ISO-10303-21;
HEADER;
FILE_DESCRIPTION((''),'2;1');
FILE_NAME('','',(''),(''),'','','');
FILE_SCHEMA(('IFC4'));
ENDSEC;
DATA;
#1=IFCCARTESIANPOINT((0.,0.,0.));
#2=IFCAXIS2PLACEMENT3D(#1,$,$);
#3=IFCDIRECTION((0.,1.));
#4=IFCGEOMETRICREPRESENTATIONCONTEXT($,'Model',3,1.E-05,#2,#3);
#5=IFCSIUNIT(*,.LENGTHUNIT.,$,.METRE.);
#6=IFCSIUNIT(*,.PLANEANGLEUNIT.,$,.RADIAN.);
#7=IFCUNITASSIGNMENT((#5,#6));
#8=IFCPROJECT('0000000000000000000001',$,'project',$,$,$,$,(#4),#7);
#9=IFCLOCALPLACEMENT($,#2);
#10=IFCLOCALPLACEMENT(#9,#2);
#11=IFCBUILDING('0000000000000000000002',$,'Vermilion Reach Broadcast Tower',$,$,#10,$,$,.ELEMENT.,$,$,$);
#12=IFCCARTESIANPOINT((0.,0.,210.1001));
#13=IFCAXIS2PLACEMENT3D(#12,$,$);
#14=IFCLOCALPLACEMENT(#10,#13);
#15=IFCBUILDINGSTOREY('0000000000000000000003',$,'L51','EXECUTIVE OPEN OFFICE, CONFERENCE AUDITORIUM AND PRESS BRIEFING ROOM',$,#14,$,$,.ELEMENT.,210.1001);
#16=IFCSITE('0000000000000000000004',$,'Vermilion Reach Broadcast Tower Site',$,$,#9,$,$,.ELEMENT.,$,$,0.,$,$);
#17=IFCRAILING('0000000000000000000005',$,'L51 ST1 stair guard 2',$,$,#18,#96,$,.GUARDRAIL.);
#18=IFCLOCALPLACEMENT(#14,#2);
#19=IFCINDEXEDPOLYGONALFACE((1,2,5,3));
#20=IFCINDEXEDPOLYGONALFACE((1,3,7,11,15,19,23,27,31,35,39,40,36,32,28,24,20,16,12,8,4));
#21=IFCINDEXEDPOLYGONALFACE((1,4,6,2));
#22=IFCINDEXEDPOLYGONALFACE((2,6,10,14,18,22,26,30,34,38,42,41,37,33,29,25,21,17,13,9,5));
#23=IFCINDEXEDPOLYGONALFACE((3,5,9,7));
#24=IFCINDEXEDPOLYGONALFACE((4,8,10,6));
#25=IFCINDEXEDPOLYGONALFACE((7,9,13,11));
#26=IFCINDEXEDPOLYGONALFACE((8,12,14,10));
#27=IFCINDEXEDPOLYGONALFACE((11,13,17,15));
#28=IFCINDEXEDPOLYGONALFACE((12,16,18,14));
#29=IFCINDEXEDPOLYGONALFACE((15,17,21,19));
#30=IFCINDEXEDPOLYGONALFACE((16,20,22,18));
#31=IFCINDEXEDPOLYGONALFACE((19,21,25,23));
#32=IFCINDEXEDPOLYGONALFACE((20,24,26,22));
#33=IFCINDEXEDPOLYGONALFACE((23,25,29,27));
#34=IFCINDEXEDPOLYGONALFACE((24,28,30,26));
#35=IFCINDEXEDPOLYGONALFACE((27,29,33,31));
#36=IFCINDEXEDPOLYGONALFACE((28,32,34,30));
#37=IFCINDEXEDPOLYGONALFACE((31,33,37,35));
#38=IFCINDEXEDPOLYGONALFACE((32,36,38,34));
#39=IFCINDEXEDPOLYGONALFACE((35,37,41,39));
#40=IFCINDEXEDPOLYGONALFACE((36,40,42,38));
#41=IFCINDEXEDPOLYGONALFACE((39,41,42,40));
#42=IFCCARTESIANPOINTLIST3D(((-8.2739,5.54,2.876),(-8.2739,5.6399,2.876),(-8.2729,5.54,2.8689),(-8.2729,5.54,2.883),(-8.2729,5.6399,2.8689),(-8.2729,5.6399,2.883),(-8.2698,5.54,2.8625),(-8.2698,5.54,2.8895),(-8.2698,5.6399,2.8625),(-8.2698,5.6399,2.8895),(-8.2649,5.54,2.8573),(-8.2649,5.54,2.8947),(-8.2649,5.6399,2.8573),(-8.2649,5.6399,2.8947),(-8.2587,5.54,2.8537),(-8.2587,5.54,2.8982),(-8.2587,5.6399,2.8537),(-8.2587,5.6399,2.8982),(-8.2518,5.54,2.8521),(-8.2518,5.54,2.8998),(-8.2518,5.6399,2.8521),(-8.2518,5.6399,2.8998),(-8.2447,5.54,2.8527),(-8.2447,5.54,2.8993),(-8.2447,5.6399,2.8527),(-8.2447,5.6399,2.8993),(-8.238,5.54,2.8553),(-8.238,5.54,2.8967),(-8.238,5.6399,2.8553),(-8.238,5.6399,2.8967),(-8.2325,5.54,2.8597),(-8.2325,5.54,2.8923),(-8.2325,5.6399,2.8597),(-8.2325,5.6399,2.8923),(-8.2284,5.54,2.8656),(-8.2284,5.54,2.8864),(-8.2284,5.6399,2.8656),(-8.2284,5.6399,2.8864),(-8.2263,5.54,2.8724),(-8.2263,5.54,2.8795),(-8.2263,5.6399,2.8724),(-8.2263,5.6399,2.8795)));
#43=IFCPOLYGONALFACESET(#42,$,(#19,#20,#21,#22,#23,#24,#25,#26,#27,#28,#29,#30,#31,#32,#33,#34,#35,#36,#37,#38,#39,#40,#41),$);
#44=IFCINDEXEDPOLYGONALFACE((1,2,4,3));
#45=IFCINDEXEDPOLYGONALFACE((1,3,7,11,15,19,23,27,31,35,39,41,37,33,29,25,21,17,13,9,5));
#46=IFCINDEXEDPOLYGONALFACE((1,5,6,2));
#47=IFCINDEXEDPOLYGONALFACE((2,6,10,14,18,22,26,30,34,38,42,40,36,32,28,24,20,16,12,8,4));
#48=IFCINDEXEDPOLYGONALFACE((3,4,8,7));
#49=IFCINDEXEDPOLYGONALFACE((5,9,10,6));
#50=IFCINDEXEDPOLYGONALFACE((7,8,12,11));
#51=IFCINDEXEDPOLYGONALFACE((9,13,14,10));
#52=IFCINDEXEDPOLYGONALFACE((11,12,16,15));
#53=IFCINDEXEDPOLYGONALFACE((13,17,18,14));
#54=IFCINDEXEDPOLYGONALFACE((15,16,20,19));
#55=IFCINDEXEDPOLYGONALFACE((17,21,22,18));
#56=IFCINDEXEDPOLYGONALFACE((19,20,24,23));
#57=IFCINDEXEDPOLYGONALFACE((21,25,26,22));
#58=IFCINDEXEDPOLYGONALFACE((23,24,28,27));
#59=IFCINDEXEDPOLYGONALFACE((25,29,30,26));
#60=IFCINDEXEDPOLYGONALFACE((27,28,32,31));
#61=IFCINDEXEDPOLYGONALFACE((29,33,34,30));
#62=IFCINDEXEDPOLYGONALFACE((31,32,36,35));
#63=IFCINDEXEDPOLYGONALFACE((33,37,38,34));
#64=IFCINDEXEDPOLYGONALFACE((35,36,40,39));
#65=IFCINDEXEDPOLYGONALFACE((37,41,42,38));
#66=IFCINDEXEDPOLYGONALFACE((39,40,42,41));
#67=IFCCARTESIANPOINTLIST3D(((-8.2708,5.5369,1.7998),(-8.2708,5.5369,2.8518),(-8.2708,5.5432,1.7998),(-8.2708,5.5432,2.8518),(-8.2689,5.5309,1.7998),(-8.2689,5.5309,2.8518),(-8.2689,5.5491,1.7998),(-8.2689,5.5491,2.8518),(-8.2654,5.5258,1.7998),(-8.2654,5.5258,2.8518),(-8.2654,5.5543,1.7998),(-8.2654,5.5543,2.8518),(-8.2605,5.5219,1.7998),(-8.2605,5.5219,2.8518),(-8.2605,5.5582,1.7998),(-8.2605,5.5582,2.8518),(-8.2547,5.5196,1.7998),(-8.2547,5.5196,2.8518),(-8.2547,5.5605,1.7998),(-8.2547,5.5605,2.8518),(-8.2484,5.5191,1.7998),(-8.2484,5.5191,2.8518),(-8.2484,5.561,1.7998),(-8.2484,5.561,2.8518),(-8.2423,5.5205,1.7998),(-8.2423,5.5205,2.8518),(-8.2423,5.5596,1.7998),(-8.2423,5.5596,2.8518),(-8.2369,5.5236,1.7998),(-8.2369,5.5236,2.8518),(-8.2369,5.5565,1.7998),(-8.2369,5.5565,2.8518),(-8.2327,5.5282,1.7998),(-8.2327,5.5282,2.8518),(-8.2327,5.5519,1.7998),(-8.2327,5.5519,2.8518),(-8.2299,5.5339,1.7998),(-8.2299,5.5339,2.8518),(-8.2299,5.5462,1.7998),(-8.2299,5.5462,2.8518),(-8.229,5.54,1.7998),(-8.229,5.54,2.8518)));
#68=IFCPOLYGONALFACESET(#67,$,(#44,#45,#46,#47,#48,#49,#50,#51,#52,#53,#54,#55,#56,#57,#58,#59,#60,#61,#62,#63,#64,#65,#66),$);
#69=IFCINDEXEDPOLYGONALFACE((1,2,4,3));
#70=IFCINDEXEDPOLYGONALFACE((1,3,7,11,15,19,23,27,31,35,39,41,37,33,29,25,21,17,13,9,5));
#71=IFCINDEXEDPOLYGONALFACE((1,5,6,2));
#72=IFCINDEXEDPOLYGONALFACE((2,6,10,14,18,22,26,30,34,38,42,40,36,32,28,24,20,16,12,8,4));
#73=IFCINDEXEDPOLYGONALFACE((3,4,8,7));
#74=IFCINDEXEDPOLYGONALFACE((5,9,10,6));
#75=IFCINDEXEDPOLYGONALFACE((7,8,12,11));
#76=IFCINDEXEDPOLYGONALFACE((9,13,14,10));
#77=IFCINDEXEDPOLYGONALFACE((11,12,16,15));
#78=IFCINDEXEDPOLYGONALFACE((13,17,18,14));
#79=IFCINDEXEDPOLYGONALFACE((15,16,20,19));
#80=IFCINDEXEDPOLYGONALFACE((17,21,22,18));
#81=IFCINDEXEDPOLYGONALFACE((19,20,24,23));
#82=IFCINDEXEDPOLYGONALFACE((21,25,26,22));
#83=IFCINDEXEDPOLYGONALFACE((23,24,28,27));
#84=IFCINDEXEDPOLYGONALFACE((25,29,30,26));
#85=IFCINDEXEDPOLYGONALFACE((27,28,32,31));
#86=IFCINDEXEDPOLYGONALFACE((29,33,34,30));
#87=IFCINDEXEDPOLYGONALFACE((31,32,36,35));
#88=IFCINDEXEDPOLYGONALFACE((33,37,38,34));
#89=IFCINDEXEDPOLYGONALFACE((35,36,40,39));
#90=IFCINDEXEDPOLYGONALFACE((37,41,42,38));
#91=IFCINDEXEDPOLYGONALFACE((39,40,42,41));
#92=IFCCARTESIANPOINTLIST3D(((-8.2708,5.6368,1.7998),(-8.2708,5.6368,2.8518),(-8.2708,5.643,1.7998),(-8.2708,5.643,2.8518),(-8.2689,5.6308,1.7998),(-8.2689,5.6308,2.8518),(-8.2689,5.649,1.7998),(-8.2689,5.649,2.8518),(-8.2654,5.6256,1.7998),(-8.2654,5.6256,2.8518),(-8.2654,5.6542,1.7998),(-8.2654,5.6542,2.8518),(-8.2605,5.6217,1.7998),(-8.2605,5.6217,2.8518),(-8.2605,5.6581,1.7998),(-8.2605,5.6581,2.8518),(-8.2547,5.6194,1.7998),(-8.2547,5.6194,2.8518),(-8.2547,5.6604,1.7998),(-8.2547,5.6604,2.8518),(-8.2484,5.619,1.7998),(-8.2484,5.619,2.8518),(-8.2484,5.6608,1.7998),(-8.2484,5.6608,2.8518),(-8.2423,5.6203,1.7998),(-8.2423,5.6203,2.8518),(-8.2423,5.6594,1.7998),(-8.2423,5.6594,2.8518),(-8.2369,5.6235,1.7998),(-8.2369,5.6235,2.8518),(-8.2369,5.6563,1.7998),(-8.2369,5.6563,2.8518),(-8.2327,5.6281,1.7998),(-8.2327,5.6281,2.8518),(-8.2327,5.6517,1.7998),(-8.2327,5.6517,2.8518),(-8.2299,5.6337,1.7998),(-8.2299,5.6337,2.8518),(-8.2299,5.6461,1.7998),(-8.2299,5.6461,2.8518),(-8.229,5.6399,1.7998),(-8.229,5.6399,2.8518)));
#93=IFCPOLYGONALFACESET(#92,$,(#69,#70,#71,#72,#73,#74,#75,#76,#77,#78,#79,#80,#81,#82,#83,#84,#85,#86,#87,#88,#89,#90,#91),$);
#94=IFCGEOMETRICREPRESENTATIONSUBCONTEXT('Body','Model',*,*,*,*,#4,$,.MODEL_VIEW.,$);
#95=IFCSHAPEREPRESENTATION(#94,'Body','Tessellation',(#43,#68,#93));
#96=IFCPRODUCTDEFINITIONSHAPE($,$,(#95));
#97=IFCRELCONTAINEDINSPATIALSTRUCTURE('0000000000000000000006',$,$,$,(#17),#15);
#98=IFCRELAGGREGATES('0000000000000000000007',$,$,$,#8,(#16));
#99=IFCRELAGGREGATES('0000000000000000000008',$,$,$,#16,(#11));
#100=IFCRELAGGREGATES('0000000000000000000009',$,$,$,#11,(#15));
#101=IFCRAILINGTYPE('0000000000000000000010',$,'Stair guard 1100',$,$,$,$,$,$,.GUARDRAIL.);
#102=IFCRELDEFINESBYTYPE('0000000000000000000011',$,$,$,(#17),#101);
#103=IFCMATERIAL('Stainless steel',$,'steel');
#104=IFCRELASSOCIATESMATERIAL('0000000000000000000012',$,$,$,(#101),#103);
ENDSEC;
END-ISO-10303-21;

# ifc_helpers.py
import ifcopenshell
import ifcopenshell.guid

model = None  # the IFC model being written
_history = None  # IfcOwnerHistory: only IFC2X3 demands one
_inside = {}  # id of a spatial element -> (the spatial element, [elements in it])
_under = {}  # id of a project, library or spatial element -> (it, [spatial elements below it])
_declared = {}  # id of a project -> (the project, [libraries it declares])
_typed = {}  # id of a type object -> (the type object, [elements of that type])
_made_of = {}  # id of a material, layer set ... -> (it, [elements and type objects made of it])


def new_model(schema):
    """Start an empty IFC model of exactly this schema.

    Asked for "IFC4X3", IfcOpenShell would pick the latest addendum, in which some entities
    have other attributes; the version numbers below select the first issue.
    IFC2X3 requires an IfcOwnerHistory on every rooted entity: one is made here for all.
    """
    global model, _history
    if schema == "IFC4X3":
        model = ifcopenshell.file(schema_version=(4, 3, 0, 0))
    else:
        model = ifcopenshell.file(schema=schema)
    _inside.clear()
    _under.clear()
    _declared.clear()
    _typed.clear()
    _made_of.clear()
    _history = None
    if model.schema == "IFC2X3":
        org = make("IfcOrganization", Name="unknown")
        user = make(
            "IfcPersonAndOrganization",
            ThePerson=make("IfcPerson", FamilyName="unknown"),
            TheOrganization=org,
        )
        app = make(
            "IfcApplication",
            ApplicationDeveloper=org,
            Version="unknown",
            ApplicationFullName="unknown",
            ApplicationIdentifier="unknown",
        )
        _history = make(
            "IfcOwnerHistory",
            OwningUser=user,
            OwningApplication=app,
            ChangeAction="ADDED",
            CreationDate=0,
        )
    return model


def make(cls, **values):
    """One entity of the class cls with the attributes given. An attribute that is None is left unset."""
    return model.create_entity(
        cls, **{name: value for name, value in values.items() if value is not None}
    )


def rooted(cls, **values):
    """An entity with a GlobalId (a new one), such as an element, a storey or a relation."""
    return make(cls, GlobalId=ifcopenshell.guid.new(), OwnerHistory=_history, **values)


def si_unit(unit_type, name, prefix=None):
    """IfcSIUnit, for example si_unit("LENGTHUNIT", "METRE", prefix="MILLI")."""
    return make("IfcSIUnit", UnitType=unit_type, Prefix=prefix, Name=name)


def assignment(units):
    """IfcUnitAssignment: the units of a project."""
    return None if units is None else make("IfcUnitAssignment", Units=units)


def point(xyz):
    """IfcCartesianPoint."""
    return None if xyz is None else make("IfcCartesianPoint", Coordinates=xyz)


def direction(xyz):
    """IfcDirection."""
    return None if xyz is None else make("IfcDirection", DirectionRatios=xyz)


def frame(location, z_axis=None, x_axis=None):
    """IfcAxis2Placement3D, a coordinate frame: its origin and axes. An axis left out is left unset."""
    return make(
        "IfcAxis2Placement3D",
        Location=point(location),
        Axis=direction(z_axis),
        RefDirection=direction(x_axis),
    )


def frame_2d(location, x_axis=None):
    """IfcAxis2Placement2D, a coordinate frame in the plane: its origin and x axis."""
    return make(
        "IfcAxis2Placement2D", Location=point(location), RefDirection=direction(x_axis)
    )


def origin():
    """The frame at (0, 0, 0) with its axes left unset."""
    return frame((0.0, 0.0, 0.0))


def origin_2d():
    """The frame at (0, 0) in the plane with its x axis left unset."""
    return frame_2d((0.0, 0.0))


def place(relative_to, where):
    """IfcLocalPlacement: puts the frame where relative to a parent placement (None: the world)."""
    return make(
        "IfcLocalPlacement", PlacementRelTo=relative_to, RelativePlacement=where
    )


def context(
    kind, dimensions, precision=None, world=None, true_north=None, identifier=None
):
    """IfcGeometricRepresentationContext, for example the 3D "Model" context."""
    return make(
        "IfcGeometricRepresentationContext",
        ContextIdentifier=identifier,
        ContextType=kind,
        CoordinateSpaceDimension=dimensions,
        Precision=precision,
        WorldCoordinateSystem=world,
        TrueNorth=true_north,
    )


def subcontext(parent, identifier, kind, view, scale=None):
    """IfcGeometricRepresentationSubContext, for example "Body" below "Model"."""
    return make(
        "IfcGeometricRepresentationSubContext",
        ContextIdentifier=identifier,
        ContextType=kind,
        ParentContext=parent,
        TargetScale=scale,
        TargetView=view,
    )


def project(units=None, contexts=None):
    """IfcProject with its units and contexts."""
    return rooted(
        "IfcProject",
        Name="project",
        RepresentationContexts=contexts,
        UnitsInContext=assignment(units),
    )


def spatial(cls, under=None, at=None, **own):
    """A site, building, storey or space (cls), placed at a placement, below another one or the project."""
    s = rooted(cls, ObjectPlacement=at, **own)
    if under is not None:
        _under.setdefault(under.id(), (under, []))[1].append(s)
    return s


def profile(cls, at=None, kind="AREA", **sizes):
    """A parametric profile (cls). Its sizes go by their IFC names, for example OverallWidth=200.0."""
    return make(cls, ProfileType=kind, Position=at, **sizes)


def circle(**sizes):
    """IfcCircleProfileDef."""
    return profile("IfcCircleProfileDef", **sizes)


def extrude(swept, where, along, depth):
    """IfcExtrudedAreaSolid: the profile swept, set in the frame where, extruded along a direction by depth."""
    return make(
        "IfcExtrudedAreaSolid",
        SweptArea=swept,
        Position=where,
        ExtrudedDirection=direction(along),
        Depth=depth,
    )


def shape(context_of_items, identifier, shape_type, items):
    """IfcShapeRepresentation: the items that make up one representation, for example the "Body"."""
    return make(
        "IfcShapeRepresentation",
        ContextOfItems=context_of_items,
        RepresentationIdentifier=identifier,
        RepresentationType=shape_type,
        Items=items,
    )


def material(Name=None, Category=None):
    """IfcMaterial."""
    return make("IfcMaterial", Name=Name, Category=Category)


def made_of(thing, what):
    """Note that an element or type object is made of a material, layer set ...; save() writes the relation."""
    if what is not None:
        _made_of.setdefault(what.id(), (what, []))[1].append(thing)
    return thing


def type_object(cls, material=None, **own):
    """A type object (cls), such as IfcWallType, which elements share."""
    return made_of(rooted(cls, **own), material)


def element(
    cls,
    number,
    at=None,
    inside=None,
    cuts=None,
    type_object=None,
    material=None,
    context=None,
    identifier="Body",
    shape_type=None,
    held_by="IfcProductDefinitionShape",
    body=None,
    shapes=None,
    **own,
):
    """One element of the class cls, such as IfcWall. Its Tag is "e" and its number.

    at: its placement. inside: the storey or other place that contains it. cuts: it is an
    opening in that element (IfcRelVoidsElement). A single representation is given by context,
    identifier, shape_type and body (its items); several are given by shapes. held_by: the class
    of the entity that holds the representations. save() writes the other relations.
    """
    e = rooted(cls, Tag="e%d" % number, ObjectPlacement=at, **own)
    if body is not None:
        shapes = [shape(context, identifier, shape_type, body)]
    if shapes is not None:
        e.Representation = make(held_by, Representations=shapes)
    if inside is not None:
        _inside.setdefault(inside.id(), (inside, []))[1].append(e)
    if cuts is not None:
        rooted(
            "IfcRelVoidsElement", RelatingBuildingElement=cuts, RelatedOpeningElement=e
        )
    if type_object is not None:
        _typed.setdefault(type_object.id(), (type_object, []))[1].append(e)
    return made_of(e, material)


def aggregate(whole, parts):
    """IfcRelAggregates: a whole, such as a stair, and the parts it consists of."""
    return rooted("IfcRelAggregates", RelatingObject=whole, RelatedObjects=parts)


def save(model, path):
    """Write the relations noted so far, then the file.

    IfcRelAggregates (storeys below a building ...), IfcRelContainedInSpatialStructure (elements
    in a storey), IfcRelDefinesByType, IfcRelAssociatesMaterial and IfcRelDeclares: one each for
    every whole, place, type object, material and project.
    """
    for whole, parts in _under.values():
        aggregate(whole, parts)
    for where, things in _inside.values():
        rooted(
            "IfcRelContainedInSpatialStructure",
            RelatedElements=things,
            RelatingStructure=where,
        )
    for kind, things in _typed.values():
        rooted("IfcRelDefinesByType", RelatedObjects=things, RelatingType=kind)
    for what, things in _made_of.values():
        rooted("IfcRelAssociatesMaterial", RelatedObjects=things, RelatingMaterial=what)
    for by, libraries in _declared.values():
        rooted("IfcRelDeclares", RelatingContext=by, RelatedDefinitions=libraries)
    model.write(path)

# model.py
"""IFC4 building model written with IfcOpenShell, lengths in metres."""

from ifc_helpers import new_model, si_unit, direction, frame, origin, origin_2d, place, context, subcontext, project, spatial, circle, extrude, material, type_object, element, save


model = new_model("IFC4")

# Units and contexts
model_context = context("Model", 3, precision=1e-05, world=origin(), true_north=direction((0.0, 1.0)))
body_context = subcontext(model_context, "Body", "Model", "MODEL_VIEW")
ifc_project = project(units=[si_unit("LENGTHUNIT", "METRE"), si_unit("PLANEANGLEUNIT", "RADIAN")], contexts=[model_context])

# Site, building, storey
site_placement = place(None, origin())
site = spatial("IfcSite", under=ifc_project, at=site_placement, Name="Vermilion Reach Broadcast Tower Site", CompositionType="ELEMENT", RefElevation=0.0)
building_placement = place(site_placement, origin())
building = spatial("IfcBuilding", under=site, at=building_placement, Name="Vermilion Reach Broadcast Tower", CompositionType="ELEMENT")
storey_placement = place(building_placement, frame((0.0, 0.0, 210.1001)))
storey = spatial("IfcBuildingStorey", under=building, at=storey_placement, Name="L51", Description="EXECUTIVE OPEN OFFICE, CONFERENCE AUDITORIUM AND PRESS BRIEFING ROOM", CompositionType="ELEMENT", Elevation=210.1001)

# Railing
ifc_material_1 = material(Name="Stainless steel", Category="steel")
railing_type_1 = type_object("IfcRailingType", Name="Stair guard 1100", PredefinedType="GUARDRAIL", material=ifc_material_1)
railing_1_placement = place(storey_placement, frame((-8.25, 5.54, 1.7998)))
element("IfcRailing", 1, at=railing_1_placement, inside=storey, type_object=railing_type_1, Name="L51 ST1 stair guard 2", PredefinedType="GUARDRAIL", context=body_context, shape_type="SweptSolid", body=[
    extrude(circle(Radius=0.0239, at=origin_2d()), frame((0.0, 0.0, 1.0762), z_axis=(0.0, 1.0, 0.0), x_axis=(-1.0, 0.0, 0.0)), (0.0, 0.0, 1.0), 0.0999),
    extrude(circle(Radius=0.021, at=origin_2d()), origin(), (0.0, 0.0, 1.0), 1.052),
    extrude(circle(Radius=0.021, at=origin_2d()), frame((0.0, 0.0999, 0.0)), (0.0, 0.0, 1.0), 1.052),
])

save(model, "model.ifc")
